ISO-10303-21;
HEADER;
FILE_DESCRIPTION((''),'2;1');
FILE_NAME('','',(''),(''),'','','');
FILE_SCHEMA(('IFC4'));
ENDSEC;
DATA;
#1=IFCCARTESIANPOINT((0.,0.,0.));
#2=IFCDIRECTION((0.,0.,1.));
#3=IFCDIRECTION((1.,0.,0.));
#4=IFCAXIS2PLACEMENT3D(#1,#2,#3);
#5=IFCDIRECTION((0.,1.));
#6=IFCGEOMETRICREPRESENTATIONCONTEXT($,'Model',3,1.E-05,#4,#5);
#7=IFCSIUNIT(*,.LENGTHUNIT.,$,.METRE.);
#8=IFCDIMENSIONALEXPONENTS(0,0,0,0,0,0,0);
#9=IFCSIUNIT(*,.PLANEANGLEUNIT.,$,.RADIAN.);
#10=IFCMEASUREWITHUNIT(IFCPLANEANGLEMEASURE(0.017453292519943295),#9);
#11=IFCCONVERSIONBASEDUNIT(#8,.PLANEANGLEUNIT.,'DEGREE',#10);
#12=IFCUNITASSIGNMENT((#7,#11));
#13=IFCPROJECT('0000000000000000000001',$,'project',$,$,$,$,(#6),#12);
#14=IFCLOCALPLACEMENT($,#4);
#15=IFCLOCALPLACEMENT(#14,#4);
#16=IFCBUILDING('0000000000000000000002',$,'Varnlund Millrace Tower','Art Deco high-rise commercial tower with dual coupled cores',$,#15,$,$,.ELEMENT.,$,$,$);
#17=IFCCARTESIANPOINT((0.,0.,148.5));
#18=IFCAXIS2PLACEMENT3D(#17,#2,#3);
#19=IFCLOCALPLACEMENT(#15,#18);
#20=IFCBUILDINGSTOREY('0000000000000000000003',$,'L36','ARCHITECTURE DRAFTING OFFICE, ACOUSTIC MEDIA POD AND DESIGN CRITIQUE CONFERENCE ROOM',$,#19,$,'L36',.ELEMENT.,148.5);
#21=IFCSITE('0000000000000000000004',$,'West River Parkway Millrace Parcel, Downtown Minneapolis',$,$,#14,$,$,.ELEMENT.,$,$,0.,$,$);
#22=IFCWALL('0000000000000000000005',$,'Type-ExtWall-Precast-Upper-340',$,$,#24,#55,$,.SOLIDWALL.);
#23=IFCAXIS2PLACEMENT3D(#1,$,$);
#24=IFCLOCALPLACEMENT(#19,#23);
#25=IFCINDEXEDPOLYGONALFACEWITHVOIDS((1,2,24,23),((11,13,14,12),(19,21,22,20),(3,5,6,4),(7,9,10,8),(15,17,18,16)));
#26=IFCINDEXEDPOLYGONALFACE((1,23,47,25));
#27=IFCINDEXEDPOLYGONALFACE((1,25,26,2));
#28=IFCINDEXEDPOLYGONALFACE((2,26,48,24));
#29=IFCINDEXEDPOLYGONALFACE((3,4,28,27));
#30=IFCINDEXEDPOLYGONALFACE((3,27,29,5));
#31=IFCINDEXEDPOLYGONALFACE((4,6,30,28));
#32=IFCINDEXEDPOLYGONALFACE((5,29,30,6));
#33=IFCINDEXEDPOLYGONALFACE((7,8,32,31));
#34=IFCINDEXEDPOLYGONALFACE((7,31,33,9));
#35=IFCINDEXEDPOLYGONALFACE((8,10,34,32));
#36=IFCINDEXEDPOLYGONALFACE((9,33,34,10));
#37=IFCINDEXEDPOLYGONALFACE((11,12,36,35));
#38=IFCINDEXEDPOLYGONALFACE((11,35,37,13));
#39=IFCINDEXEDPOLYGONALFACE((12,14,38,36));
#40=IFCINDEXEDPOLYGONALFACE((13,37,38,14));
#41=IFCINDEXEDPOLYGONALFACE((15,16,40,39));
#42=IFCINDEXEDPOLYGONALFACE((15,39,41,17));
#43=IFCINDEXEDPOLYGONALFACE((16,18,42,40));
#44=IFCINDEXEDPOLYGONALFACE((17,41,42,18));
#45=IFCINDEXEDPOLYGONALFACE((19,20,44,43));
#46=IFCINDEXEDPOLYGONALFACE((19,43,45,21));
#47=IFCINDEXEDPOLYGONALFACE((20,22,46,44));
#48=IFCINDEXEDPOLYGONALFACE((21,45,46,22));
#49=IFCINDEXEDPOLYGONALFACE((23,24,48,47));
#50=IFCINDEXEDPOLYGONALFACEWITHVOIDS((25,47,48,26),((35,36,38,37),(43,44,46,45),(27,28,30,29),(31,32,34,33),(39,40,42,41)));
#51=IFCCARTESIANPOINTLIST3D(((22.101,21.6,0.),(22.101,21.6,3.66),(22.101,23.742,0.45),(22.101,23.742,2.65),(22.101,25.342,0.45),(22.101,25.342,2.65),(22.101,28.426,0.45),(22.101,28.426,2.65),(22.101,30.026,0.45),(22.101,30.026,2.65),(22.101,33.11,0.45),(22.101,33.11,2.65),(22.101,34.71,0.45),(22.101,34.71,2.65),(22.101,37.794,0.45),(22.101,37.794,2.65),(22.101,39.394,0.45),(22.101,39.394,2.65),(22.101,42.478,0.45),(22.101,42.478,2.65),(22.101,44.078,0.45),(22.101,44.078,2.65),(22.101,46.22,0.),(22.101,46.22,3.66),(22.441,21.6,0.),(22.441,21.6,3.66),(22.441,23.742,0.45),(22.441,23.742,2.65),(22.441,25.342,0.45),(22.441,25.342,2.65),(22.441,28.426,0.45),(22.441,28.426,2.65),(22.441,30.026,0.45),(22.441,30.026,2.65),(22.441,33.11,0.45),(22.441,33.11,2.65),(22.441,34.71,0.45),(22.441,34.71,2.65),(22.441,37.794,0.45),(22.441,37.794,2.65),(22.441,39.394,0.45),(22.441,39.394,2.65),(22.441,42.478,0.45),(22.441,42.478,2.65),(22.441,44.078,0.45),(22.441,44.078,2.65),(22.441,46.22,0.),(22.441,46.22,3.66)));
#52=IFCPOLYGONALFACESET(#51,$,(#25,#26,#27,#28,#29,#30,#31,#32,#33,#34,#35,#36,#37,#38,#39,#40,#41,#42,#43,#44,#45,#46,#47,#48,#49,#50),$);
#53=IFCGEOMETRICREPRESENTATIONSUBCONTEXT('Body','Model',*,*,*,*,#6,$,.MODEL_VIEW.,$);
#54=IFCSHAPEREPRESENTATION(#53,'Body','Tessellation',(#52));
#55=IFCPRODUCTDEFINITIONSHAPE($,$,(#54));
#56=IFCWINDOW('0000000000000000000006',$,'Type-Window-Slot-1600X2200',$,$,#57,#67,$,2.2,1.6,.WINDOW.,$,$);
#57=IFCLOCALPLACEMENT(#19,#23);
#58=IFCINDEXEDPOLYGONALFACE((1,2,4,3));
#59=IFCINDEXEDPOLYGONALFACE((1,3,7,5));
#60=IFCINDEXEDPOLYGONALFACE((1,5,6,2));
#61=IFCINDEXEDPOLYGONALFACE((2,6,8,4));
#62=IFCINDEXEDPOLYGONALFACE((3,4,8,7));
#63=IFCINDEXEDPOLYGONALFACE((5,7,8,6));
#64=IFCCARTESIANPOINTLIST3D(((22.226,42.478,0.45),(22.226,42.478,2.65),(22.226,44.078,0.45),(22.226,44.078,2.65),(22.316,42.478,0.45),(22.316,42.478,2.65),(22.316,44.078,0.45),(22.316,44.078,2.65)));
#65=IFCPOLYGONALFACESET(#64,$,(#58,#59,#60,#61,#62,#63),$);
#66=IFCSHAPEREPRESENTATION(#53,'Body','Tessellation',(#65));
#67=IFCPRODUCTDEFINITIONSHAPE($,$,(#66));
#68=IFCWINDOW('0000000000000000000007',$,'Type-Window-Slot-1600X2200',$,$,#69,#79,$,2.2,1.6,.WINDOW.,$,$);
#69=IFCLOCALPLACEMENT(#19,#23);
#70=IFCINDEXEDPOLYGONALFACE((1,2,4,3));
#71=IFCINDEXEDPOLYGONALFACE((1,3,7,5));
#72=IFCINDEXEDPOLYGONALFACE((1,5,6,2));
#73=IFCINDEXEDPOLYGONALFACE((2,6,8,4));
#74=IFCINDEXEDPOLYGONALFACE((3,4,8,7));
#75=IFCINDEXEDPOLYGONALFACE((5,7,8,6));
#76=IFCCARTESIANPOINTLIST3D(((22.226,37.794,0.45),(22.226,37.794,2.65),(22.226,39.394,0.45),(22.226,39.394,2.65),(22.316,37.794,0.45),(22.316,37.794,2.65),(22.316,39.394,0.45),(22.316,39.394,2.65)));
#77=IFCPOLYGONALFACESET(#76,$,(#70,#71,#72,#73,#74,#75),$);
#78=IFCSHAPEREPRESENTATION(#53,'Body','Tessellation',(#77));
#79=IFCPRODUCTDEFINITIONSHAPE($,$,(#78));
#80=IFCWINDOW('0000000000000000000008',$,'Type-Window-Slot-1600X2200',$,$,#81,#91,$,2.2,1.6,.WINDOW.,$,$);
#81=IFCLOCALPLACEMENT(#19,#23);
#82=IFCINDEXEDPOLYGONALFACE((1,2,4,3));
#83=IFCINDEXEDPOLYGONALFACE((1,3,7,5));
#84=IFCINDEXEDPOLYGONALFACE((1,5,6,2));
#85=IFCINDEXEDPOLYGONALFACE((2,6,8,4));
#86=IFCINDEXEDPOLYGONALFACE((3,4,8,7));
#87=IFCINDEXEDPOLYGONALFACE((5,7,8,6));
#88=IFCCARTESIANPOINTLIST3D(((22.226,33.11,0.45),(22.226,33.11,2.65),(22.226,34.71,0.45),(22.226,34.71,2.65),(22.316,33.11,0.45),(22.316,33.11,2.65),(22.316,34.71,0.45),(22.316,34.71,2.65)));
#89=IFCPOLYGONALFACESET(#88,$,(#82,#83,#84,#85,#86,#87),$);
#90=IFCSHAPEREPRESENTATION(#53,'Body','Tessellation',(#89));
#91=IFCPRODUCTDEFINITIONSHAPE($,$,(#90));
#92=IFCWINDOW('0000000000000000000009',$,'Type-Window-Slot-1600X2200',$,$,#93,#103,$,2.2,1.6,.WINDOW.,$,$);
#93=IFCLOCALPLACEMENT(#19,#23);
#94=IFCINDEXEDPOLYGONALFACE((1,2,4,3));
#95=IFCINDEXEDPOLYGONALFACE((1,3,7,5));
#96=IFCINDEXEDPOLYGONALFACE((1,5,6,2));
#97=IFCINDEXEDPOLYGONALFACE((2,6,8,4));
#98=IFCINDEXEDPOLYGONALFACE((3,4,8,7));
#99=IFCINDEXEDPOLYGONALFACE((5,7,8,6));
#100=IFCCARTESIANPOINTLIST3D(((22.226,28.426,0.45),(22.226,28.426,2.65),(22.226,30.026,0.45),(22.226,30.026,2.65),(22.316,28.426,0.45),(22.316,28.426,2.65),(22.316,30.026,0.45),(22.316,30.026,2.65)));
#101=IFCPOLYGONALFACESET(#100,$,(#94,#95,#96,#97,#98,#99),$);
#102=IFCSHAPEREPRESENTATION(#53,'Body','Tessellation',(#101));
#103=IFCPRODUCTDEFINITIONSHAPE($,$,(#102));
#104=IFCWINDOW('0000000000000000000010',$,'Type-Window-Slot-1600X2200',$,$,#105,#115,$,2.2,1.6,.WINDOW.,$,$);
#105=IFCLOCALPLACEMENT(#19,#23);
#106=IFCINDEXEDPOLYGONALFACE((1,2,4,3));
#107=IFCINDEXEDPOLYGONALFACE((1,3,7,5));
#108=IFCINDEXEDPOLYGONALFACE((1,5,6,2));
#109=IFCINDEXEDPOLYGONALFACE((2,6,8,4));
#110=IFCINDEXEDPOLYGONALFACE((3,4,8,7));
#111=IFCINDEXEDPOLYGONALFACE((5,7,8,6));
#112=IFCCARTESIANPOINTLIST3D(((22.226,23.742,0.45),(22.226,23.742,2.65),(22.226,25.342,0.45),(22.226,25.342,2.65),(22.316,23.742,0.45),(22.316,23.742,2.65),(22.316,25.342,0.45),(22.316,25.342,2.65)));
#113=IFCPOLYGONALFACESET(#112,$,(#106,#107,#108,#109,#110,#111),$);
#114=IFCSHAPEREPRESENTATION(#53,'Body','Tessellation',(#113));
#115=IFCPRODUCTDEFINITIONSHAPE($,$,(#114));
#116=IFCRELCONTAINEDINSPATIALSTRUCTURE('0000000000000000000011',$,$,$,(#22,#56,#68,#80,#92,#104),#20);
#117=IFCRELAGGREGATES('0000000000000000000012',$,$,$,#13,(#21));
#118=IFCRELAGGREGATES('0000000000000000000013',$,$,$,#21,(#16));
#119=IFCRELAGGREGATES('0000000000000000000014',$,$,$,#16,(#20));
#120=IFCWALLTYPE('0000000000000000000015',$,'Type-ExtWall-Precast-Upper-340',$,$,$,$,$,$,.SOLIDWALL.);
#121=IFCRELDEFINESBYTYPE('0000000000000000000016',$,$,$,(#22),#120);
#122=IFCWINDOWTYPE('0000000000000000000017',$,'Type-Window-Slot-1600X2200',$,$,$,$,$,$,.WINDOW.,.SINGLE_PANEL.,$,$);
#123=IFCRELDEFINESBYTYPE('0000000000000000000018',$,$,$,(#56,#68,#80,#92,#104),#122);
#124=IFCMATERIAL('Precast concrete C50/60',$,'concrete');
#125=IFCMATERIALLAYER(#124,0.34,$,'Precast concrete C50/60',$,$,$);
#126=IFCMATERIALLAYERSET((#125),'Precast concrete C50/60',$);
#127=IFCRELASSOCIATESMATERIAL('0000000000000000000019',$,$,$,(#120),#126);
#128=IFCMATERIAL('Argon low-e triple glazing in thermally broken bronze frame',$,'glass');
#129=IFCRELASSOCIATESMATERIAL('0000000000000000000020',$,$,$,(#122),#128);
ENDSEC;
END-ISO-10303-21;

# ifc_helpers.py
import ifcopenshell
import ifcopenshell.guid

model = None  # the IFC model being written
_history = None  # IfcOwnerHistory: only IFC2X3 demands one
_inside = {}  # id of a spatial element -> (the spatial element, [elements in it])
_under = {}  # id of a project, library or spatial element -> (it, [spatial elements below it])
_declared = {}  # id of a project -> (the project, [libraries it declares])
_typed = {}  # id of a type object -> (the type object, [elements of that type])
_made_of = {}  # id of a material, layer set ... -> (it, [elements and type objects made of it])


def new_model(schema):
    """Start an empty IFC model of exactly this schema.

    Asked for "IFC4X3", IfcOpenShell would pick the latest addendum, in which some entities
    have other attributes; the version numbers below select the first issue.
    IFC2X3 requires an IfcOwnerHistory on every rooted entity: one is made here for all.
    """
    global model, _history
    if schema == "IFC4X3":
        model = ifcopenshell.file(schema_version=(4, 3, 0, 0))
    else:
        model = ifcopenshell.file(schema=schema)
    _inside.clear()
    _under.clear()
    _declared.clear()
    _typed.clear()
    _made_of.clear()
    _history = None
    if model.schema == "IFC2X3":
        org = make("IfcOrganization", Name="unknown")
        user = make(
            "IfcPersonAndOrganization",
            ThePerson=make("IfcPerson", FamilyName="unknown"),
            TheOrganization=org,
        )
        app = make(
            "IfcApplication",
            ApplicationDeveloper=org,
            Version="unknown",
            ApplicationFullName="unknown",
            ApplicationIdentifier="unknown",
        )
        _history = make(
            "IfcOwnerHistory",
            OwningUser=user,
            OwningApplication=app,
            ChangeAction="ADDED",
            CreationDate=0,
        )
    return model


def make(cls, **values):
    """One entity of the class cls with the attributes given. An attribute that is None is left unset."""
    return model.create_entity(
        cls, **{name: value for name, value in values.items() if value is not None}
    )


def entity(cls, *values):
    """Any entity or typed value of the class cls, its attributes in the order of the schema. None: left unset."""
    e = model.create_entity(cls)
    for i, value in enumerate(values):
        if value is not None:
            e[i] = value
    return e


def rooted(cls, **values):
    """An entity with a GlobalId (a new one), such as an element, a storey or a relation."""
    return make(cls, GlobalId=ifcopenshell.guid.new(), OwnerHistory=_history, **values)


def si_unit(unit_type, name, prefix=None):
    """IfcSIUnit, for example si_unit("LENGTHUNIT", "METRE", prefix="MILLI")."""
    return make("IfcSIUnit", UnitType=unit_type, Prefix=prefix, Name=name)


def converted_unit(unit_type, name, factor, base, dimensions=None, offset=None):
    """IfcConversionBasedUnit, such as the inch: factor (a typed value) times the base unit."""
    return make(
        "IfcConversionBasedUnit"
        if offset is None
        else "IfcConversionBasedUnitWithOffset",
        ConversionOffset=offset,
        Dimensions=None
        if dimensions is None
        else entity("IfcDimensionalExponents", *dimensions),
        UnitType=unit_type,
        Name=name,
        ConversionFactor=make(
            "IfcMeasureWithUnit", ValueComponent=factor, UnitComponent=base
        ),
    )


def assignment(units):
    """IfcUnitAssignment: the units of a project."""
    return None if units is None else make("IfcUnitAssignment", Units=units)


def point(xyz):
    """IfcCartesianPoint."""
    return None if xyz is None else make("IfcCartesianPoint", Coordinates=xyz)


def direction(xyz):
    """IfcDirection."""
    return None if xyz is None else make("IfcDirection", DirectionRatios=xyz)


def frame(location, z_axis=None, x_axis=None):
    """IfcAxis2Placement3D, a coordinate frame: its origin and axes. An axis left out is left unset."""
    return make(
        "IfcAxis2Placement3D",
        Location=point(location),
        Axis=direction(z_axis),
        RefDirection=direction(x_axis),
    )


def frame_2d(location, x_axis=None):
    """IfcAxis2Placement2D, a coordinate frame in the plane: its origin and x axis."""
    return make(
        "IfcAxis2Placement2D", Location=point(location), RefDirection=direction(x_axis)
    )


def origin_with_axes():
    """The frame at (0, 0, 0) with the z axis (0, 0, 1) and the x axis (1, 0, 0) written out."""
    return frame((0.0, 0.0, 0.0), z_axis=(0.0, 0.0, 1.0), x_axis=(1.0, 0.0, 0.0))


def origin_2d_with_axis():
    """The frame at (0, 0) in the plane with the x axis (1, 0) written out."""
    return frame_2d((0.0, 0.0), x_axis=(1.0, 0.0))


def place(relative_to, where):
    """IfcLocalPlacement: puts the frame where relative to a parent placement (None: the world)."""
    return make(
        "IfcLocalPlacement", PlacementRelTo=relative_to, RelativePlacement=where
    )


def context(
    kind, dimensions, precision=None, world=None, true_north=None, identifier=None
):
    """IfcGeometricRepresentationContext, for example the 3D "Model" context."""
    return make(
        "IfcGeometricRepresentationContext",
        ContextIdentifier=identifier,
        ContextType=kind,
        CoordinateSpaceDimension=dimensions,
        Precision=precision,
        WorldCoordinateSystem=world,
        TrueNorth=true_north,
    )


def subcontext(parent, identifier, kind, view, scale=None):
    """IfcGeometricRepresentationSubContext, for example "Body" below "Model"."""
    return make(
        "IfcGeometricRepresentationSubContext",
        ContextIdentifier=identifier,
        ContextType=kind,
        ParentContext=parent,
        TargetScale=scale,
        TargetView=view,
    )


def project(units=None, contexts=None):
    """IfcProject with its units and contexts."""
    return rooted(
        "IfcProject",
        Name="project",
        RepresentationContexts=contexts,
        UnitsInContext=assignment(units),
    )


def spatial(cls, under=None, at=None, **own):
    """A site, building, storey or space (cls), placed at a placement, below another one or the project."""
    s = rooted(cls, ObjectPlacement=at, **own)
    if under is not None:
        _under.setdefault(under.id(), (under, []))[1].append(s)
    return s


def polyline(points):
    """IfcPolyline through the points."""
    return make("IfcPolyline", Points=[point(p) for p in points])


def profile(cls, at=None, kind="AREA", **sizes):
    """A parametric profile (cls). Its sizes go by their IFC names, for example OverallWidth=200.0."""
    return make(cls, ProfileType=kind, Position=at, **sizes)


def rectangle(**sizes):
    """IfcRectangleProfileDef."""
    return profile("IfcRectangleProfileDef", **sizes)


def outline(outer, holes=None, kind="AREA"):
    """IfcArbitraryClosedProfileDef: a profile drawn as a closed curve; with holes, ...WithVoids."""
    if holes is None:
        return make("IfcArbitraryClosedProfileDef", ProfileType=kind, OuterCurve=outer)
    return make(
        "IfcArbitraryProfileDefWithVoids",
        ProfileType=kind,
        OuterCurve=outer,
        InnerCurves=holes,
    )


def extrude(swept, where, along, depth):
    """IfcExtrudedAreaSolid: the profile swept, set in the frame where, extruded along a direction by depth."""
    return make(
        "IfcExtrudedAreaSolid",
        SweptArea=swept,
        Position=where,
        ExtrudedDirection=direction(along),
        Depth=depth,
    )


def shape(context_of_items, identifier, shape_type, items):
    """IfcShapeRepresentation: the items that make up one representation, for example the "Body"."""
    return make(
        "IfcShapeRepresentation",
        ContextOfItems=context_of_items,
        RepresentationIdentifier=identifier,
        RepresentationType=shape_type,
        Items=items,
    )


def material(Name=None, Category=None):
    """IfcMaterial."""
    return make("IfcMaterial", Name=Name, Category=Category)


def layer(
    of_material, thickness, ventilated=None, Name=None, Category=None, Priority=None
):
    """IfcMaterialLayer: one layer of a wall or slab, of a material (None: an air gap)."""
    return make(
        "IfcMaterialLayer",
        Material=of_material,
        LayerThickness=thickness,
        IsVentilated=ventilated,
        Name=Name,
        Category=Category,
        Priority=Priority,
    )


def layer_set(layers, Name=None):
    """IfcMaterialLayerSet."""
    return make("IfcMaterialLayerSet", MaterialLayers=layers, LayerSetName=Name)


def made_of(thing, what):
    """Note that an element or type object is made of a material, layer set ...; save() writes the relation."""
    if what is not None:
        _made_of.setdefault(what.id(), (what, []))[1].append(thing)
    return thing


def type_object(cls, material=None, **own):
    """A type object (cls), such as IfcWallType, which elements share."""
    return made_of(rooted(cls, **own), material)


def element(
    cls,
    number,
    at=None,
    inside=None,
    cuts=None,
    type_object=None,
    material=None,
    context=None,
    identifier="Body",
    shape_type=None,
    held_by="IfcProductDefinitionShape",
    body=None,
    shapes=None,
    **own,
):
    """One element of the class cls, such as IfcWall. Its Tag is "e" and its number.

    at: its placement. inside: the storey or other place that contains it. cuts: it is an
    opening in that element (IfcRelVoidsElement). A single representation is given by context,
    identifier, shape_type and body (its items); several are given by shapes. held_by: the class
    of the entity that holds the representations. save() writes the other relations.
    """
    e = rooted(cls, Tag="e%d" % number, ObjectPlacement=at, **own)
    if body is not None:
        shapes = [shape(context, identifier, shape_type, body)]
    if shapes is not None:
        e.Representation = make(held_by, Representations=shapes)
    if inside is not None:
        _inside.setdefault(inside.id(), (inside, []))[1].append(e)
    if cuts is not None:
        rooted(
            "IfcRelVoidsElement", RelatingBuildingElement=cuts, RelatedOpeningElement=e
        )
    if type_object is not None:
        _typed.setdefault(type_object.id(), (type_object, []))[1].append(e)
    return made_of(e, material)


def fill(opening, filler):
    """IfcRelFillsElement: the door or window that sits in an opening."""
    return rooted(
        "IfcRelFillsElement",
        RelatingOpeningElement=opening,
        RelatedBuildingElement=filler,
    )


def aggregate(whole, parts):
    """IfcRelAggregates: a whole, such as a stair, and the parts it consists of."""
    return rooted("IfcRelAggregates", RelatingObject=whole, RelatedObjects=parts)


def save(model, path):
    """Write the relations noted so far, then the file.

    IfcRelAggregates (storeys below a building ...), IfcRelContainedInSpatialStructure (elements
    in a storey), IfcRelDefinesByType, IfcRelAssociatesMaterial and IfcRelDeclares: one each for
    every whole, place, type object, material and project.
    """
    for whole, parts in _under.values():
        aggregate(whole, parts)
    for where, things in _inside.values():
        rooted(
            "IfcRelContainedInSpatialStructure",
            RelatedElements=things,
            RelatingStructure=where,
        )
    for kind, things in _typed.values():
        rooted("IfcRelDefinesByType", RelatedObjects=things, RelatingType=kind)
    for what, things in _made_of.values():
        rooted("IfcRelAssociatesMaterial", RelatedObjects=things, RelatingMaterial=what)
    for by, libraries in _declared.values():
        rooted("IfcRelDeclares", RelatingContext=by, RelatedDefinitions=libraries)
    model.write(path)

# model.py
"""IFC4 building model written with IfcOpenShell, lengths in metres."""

from ifc_helpers import new_model, entity, si_unit, converted_unit, direction, frame, origin_with_axes, origin_2d_with_axis, place, context, subcontext, project, spatial, polyline, rectangle, outline, extrude, material, layer, layer_set, type_object, element, fill, save


model = new_model("IFC4")

# Units and contexts
model_context = context("Model", 3, precision=1e-05, world=origin_with_axes(), true_north=direction((0.0, 1.0)))
body_context = subcontext(model_context, "Body", "Model", "MODEL_VIEW")
ifc_project = project(units=[si_unit("LENGTHUNIT", "METRE"), converted_unit("PLANEANGLEUNIT", "DEGREE", entity("IfcPlaneAngleMeasure", 0.017453292519943295), si_unit("PLANEANGLEUNIT", "RADIAN"), dimensions=[0, 0, 0, 0, 0, 0, 0])], contexts=[model_context])

# Site, building, storey
site_placement = place(None, origin_with_axes())
site = spatial("IfcSite", under=ifc_project, at=site_placement, Name="West River Parkway Millrace Parcel, Downtown Minneapolis", CompositionType="ELEMENT", RefElevation=0.0)
building_placement = place(site_placement, origin_with_axes())
building = spatial("IfcBuilding", under=site, at=building_placement, Name="Varnlund Millrace Tower", Description="Art Deco high-rise commercial tower with dual coupled cores", CompositionType="ELEMENT")
storey_placement = place(building_placement, frame((0.0, 0.0, 148.5), z_axis=(0.0, 0.0, 1.0), x_axis=(1.0, 0.0, 0.0)))
storey = spatial("IfcBuildingStorey", under=building, at=storey_placement, Name="L36", Description="ARCHITECTURE DRAFTING OFFICE, ACOUSTIC MEDIA POD AND DESIGN CRITIQUE CONFERENCE ROOM", LongName="L36", CompositionType="ELEMENT", Elevation=148.5)

# Shared definitions
ifc_material_1 = material(Name="Precast concrete C50/60", Category="concrete")
ifc_layer_1 = layer(ifc_material_1, 0.34, Name="Precast concrete C50/60")
ifc_layer_set_1 = layer_set([ifc_layer_1], Name="Precast concrete C50/60")
wall_type_1 = type_object("IfcWallType", Name="Type-ExtWall-Precast-Upper-340", PredefinedType="SOLIDWALL", material=ifc_layer_set_1)
ifc_material_2 = material(Name="Argon low-e triple glazing in thermally broken bronze frame", Category="glass")

# Wall, openings, windows
wall_1_placement = place(storey_placement, frame((22.271, 46.22, 0.0), z_axis=(0.0, 0.0, 1.0), x_axis=(0.0, -1.0, 0.0)))
wall_1 = element("IfcWall", 1, at=wall_1_placement, inside=storey, type_object=wall_type_1, Name="Type-ExtWall-Precast-Upper-340", PredefinedType="SOLIDWALL", context=body_context, shape_type="SweptSolid", body=[
    extrude(outline(polyline([(0.0, -0.17), (24.62, -0.17), (24.62, 0.17), (0.0, 0.17), (0.0, -0.17)])), origin_with_axes(), (0.0, 0.0, 1.0), 3.66),
])
opening_1_placement = place(wall_1_placement, frame((2.942, 0.0, 0.45), z_axis=(0.0, 0.0, 1.0), x_axis=(1.0, 0.0, 0.0)))
opening_1 = element("IfcOpeningElement", 2, at=opening_1_placement, cuts=wall_1, PredefinedType="OPENING", context=body_context, shape_type="SweptSolid", body=[
    extrude(rectangle(XDim=1.6, YDim=0.36, at=origin_2d_with_axis()), origin_with_axes(), (0.0, 0.0, 1.0), 2.2),
])
opening_2_placement = place(wall_1_placement, frame((7.626, 0.0, 0.45), z_axis=(0.0, 0.0, 1.0), x_axis=(1.0, 0.0, 0.0)))
opening_2 = element("IfcOpeningElement", 3, at=opening_2_placement, cuts=wall_1, PredefinedType="OPENING", context=body_context, shape_type="SweptSolid", body=[
    extrude(rectangle(XDim=1.6, YDim=0.36, at=origin_2d_with_axis()), origin_with_axes(), (0.0, 0.0, 1.0), 2.2),
])
opening_3_placement = place(wall_1_placement, frame((12.31, 0.0, 0.45), z_axis=(0.0, 0.0, 1.0), x_axis=(1.0, 0.0, 0.0)))
opening_3 = element("IfcOpeningElement", 4, at=opening_3_placement, cuts=wall_1, PredefinedType="OPENING", context=body_context, shape_type="SweptSolid", body=[
    extrude(rectangle(XDim=1.6, YDim=0.36, at=origin_2d_with_axis()), origin_with_axes(), (0.0, 0.0, 1.0), 2.2),
])
opening_4_placement = place(wall_1_placement, frame((16.994, 0.0, 0.45), z_axis=(0.0, 0.0, 1.0), x_axis=(1.0, 0.0, 0.0)))
opening_4 = element("IfcOpeningElement", 5, at=opening_4_placement, cuts=wall_1, PredefinedType="OPENING", context=body_context, shape_type="SweptSolid", body=[
    extrude(rectangle(XDim=1.6, YDim=0.36, at=origin_2d_with_axis()), origin_with_axes(), (0.0, 0.0, 1.0), 2.2),
])
opening_5_placement = place(wall_1_placement, frame((21.678, 0.0, 0.45), z_axis=(0.0, 0.0, 1.0), x_axis=(1.0, 0.0, 0.0)))
opening_5 = element("IfcOpeningElement", 6, at=opening_5_placement, cuts=wall_1, PredefinedType="OPENING", context=body_context, shape_type="SweptSolid", body=[
    extrude(rectangle(XDim=1.6, YDim=0.36, at=origin_2d_with_axis()), origin_with_axes(), (0.0, 0.0, 1.0), 2.2),
])
window_type_1 = type_object("IfcWindowType", Name="Type-Window-Slot-1600X2200", PartitioningType="SINGLE_PANEL", PredefinedType="WINDOW", material=ifc_material_2)
window_1_placement = place(wall_1_placement, frame((2.942, 0.0, 0.45), z_axis=(0.0, 0.0, 1.0), x_axis=(1.0, 0.0, 0.0)))
window_1 = element("IfcWindow", 7, at=window_1_placement, inside=storey, type_object=window_type_1, Name="Type-Window-Slot-1600X2200", OverallHeight=2.2, OverallWidth=1.6, PredefinedType="WINDOW", context=body_context, shape_type="SweptSolid", body=[
    extrude(rectangle(XDim=1.6, YDim=0.09, at=origin_2d_with_axis()), origin_with_axes(), (0.0, 0.0, 1.0), 2.2),
])
fill(opening_1, window_1)
window_2_placement = place(wall_1_placement, frame((7.626, 0.0, 0.45), z_axis=(0.0, 0.0, 1.0), x_axis=(1.0, 0.0, 0.0)))
window_2 = element("IfcWindow", 8, at=window_2_placement, inside=storey, type_object=window_type_1, Name="Type-Window-Slot-1600X2200", OverallHeight=2.2, OverallWidth=1.6, PredefinedType="WINDOW", context=body_context, shape_type="SweptSolid", body=[
    extrude(rectangle(XDim=1.6, YDim=0.09, at=origin_2d_with_axis()), origin_with_axes(), (0.0, 0.0, 1.0), 2.2),
])
fill(opening_2, window_2)
window_3_placement = place(wall_1_placement, frame((12.31, 0.0, 0.45), z_axis=(0.0, 0.0, 1.0), x_axis=(1.0, 0.0, 0.0)))
window_3 = element("IfcWindow", 9, at=window_3_placement, inside=storey, type_object=window_type_1, Name="Type-Window-Slot-1600X2200", OverallHeight=2.2, OverallWidth=1.6, PredefinedType="WINDOW", context=body_context, shape_type="SweptSolid", body=[
    extrude(rectangle(XDim=1.6, YDim=0.09, at=origin_2d_with_axis()), origin_with_axes(), (0.0, 0.0, 1.0), 2.2),
])
fill(opening_3, window_3)
window_4_placement = place(wall_1_placement, frame((16.994, 0.0, 0.45), z_axis=(0.0, 0.0, 1.0), x_axis=(1.0, 0.0, 0.0)))
window_4 = element("IfcWindow", 10, at=window_4_placement, inside=storey, type_object=window_type_1, Name="Type-Window-Slot-1600X2200", OverallHeight=2.2, OverallWidth=1.6, PredefinedType="WINDOW", context=body_context, shape_type="SweptSolid", body=[
    extrude(rectangle(XDim=1.6, YDim=0.09, at=origin_2d_with_axis()), origin_with_axes(), (0.0, 0.0, 1.0), 2.2),
])
fill(opening_4, window_4)
window_5_placement = place(wall_1_placement, frame((21.678, 0.0, 0.45), z_axis=(0.0, 0.0, 1.0), x_axis=(1.0, 0.0, 0.0)))
window_5 = element("IfcWindow", 11, at=window_5_placement, inside=storey, type_object=window_type_1, Name="Type-Window-Slot-1600X2200", OverallHeight=2.2, OverallWidth=1.6, PredefinedType="WINDOW", context=body_context, shape_type="SweptSolid", body=[
    extrude(rectangle(XDim=1.6, YDim=0.09, at=origin_2d_with_axis()), origin_with_axes(), (0.0, 0.0, 1.0), 2.2),
])
fill(opening_5, window_5)

save(model, "model.ifc")
